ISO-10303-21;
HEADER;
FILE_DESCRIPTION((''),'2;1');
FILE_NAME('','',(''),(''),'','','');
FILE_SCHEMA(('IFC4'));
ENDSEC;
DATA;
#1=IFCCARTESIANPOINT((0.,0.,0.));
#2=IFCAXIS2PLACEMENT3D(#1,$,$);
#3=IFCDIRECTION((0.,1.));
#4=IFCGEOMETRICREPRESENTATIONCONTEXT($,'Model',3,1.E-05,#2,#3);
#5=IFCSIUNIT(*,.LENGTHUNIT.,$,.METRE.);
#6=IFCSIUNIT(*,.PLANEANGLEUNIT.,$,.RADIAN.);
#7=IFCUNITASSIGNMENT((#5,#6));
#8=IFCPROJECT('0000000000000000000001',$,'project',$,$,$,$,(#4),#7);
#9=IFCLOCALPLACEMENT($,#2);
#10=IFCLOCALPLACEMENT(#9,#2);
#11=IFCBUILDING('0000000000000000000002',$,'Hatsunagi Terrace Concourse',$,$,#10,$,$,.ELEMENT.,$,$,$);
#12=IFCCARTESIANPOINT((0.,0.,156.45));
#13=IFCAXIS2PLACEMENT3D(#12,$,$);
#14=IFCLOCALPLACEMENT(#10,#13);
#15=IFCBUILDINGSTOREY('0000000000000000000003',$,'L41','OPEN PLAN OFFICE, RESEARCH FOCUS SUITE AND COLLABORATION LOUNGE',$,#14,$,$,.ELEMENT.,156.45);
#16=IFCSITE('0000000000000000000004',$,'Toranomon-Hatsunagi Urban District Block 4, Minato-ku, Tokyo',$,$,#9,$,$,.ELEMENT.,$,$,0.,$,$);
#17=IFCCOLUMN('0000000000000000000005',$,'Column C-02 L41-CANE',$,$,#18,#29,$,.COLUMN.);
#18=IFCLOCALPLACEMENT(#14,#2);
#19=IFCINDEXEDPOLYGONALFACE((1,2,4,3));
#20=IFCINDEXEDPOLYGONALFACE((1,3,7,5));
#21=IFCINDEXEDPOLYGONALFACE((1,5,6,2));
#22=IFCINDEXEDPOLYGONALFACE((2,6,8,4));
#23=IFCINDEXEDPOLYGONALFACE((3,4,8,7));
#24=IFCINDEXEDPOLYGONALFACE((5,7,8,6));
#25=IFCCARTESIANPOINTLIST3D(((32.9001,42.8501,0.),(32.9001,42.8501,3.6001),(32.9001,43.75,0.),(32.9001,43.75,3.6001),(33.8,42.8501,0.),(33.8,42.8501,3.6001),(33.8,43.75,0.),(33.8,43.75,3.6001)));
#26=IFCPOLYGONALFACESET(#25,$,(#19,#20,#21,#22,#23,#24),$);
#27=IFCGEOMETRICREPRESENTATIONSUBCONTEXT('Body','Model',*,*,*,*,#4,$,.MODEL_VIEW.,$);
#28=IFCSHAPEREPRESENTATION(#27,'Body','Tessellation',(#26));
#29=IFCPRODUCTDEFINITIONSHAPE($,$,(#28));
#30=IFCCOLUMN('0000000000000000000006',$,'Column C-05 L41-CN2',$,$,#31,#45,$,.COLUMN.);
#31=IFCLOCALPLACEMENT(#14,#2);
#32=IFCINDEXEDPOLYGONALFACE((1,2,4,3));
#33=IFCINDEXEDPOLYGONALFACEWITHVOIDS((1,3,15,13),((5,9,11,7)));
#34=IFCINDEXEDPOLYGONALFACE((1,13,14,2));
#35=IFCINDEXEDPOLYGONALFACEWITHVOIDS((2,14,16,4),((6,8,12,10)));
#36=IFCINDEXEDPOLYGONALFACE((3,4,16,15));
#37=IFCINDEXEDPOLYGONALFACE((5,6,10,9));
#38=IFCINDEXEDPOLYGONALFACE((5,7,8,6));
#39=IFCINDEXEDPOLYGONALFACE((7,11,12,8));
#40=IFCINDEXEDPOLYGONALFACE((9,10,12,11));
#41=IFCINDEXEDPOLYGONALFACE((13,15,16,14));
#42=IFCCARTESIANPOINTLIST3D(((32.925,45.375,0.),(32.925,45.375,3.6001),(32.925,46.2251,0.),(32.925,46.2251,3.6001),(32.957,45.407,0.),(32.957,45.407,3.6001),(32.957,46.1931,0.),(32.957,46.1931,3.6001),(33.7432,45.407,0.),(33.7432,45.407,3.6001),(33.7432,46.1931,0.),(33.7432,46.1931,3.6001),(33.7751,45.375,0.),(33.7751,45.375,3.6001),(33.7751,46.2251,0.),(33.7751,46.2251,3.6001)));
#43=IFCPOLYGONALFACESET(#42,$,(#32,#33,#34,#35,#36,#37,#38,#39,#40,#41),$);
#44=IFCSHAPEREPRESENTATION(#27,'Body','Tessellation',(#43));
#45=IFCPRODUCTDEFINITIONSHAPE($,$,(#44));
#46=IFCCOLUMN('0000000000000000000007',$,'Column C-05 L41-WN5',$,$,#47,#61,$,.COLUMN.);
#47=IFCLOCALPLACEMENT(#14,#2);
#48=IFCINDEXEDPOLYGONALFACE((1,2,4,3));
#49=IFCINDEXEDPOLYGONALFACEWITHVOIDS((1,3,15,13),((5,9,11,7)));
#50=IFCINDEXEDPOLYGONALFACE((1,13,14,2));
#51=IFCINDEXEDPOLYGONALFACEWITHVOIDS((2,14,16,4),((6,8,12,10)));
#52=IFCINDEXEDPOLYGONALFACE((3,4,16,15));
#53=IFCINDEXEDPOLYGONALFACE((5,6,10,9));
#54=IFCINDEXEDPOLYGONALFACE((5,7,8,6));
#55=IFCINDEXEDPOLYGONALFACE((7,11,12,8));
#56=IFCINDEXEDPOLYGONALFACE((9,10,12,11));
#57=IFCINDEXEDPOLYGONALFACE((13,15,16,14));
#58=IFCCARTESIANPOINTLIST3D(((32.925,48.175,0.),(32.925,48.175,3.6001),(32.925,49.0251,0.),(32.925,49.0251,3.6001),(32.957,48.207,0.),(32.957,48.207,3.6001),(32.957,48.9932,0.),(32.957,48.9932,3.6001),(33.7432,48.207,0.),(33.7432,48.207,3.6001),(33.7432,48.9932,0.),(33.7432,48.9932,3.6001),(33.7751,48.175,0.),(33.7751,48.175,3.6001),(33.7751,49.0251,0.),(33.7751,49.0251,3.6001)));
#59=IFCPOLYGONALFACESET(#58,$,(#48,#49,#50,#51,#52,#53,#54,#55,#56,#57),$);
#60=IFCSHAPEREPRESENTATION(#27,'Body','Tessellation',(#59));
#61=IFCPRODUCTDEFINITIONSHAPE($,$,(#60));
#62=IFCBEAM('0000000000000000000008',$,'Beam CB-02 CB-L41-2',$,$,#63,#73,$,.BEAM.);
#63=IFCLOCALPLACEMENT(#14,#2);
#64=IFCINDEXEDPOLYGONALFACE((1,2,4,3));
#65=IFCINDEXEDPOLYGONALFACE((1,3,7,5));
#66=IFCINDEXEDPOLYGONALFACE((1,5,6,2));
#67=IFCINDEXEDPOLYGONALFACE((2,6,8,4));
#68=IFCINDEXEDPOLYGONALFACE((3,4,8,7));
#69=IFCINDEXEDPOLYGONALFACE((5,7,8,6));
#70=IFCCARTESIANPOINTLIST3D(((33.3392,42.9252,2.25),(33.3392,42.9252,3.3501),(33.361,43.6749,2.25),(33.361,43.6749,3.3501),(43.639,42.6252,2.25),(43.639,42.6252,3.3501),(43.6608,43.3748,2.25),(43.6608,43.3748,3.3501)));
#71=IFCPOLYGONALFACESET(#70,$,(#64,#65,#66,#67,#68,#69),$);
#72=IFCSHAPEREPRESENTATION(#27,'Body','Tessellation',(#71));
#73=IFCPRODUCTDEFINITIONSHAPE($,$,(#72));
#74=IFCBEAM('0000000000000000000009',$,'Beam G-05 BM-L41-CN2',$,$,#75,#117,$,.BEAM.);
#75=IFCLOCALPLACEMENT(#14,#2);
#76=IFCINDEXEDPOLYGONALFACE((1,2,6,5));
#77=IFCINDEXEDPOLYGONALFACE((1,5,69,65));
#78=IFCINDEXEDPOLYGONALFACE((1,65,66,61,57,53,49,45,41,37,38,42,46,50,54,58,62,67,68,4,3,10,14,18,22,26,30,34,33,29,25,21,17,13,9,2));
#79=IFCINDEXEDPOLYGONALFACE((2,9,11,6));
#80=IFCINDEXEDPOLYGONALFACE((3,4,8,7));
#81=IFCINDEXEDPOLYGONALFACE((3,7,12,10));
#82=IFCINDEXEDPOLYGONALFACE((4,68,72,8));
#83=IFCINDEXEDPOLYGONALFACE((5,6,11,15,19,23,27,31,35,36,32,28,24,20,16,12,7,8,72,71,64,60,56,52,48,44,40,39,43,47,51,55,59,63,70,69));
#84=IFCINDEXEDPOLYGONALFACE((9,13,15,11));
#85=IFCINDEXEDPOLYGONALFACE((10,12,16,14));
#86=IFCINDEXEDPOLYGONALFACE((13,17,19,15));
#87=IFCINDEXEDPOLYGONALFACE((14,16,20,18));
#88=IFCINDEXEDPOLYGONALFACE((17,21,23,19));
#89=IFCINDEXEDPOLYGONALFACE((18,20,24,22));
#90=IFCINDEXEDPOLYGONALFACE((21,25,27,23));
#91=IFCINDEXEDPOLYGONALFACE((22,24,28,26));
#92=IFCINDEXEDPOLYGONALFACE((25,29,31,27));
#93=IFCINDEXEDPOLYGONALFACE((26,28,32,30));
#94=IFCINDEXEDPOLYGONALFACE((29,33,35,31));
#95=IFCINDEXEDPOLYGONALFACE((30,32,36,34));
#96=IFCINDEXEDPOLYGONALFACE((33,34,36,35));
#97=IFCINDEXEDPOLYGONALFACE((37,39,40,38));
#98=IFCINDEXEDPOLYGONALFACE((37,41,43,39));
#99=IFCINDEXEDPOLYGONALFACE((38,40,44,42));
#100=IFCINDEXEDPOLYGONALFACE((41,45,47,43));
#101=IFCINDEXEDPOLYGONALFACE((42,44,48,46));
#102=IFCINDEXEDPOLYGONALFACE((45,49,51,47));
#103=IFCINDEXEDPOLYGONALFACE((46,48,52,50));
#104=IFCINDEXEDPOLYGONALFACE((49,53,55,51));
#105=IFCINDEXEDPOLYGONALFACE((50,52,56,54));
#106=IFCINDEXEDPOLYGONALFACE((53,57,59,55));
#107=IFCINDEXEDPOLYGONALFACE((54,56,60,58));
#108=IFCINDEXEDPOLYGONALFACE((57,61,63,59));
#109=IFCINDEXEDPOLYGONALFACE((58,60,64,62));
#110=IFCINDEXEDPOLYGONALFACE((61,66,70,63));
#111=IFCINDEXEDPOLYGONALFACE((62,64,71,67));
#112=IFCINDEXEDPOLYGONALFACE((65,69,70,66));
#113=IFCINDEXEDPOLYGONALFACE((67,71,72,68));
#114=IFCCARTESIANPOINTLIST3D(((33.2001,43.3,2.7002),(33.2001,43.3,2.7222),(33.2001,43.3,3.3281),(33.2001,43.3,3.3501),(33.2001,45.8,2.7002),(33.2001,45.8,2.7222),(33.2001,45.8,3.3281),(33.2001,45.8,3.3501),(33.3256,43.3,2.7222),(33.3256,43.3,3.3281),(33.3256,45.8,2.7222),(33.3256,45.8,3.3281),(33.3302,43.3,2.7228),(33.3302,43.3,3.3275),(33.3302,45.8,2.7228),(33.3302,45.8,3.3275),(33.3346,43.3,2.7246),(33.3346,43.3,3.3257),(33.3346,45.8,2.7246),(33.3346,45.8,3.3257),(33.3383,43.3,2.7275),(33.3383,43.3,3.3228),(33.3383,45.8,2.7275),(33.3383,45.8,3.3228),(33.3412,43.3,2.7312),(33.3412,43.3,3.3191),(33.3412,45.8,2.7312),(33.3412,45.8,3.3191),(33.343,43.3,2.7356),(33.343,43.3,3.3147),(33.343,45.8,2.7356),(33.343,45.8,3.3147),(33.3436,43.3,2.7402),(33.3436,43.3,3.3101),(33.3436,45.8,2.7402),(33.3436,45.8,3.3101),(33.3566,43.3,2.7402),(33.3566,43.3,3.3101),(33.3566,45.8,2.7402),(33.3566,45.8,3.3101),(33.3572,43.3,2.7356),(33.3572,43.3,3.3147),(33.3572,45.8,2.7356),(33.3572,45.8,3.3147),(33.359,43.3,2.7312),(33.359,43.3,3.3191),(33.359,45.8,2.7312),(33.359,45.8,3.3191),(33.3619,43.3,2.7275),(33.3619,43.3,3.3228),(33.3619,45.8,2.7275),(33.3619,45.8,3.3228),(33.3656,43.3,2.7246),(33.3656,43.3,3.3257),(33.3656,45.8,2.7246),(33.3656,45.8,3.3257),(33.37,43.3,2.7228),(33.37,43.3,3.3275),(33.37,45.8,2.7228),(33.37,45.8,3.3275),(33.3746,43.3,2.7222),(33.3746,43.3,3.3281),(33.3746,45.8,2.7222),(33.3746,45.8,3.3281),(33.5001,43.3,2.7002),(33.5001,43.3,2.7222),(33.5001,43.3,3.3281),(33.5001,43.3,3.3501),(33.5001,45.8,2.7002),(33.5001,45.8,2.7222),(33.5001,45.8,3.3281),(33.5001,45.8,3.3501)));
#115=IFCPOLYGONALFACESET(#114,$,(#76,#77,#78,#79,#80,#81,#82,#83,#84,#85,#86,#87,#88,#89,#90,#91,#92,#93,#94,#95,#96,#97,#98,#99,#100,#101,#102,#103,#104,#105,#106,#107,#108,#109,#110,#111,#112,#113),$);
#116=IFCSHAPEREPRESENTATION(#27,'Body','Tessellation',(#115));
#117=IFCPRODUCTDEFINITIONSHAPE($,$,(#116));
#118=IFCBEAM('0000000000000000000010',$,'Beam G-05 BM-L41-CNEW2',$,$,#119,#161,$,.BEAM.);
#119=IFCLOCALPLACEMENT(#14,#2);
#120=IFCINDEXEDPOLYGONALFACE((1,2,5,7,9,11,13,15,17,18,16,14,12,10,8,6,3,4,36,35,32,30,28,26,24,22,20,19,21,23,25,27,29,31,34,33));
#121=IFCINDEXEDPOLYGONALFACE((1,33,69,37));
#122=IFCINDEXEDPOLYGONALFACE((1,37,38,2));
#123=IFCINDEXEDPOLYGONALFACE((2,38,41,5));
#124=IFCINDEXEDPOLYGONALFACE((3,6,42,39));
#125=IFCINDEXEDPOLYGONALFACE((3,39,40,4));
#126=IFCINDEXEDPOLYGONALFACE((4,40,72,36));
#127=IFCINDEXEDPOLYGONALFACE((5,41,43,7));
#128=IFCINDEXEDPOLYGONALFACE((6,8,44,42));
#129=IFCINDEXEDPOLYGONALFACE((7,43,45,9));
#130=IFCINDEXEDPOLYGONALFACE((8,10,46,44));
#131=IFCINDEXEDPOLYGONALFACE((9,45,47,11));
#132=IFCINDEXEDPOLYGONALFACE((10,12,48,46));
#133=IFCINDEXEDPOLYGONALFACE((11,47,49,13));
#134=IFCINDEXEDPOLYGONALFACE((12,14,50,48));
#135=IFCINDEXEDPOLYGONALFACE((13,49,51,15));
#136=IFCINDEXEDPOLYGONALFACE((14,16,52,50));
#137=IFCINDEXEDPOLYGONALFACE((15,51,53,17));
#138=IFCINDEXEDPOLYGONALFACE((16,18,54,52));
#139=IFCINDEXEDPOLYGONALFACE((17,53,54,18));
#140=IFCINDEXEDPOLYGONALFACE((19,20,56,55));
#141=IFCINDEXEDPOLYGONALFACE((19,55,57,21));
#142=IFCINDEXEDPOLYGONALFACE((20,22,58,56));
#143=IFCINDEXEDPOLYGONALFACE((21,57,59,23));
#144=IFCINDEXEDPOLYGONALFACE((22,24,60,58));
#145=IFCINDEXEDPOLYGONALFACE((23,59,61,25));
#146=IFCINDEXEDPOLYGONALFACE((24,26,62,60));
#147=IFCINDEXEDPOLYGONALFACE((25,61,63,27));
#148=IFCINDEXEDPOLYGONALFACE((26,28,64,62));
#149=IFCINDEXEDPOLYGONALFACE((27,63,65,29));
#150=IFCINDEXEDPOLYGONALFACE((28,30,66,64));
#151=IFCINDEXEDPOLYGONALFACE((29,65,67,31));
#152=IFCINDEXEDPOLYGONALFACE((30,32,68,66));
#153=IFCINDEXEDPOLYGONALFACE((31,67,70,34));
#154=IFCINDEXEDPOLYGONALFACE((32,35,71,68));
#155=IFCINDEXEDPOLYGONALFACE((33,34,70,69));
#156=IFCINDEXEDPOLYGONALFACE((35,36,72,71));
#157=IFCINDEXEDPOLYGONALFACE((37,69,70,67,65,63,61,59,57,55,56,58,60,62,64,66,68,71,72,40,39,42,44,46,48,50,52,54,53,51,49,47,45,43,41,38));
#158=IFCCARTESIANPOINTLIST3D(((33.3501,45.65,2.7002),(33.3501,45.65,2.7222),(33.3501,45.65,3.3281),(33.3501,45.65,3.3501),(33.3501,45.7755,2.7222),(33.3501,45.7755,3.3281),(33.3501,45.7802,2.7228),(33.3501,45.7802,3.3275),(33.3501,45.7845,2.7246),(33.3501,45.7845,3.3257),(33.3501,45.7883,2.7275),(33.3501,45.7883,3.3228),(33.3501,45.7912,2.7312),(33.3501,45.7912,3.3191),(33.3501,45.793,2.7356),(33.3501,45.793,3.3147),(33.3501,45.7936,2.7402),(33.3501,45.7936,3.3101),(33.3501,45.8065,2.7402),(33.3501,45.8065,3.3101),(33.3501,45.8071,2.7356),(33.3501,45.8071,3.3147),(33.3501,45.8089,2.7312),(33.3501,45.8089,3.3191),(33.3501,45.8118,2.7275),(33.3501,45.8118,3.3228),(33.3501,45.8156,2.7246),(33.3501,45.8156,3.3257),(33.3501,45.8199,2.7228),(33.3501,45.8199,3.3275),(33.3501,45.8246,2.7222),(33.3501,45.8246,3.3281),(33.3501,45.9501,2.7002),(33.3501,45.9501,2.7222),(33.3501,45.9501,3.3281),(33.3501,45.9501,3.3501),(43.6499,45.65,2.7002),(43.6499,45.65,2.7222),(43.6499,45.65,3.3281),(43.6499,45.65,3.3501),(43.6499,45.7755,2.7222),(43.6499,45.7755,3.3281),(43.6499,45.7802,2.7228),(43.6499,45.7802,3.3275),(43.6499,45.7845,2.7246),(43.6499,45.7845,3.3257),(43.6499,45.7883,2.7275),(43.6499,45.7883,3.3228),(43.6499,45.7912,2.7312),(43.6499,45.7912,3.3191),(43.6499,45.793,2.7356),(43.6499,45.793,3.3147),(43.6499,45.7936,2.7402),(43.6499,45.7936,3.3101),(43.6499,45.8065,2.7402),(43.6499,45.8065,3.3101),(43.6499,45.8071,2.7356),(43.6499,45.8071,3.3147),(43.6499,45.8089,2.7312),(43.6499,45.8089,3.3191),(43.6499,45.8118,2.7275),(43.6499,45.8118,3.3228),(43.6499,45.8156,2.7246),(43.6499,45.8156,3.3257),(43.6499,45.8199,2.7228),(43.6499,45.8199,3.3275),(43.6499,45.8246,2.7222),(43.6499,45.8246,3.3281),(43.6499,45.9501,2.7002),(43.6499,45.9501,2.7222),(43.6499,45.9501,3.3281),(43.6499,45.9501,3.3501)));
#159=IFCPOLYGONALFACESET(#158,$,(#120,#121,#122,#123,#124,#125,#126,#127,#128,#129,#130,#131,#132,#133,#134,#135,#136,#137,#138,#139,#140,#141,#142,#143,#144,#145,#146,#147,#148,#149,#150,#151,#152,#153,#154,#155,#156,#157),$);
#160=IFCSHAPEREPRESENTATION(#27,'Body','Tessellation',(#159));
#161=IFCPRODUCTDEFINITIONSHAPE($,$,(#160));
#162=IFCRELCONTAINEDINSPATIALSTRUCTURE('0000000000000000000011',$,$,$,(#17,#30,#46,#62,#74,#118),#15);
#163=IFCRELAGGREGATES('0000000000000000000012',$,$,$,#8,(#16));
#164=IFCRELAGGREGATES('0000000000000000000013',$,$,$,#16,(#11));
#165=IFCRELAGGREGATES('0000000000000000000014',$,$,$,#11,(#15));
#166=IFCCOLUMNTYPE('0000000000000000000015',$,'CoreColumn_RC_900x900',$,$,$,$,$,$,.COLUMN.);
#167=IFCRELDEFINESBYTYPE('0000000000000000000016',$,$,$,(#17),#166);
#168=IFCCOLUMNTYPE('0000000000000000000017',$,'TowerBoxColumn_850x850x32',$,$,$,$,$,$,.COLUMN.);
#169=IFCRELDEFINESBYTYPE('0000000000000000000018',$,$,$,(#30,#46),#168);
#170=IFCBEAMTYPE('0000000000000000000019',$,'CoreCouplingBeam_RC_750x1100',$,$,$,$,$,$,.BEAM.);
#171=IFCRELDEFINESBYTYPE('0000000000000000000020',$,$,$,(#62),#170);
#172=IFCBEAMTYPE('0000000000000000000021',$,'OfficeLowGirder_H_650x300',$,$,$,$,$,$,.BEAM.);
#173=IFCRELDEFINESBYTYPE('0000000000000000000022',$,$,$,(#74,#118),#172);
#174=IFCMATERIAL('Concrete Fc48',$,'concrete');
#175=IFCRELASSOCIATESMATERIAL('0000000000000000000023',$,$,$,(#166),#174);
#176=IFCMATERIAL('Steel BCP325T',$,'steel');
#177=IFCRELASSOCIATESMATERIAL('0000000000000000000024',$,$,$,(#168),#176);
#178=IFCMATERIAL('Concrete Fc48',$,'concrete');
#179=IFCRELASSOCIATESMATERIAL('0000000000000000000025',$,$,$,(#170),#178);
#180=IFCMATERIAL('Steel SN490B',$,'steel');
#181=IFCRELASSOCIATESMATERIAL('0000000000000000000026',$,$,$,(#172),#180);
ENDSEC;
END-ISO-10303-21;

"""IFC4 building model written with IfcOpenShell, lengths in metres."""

from ifc_helpers import new_model, si_unit, direction, frame, origin, origin_2d, place, context, subcontext, project, spatial, rectangle, hollow_rectangle, i_section, extrude, material, material_profile, profile_set, type_object, element, save


model = new_model("IFC4")

# Units and contexts
model_context = context("Model", 3, precision=1e-05, world=origin(), true_north=direction((0.0, 1.0)))
body_context = subcontext(model_context, "Body", "Model", "MODEL_VIEW")
ifc_project = project(units=[si_unit("LENGTHUNIT", "METRE"), si_unit("PLANEANGLEUNIT", "RADIAN")], contexts=[model_context])

# Site, building, storey
site_placement = place(None, origin())
site = spatial("IfcSite", under=ifc_project, at=site_placement, Name="Toranomon-Hatsunagi Urban District Block 4, Minato-ku, Tokyo", CompositionType="ELEMENT", RefElevation=0.0)
building_placement = place(site_placement, origin())
building = spatial("IfcBuilding", under=site, at=building_placement, Name="Hatsunagi Terrace Concourse", CompositionType="ELEMENT")
storey_placement = place(building_placement, frame((0.0, 0.0, 156.45)))
storey = spatial("IfcBuildingStorey", under=building, at=storey_placement, Name="L41", Description="OPEN PLAN OFFICE, RESEARCH FOCUS SUITE AND COLLABORATION LOUNGE", CompositionType="ELEMENT", Elevation=156.45)

# Columns
ifc_material_1 = material(Name="Concrete Fc48", Category="concrete")
ifc_material_profile_1 = material_profile(ifc_material_1, rectangle(XDim=0.8999, YDim=0.8999, at=origin_2d()), Name="RC-900x900")
ifc_profile_set_1 = profile_set([ifc_material_profile_1], Name="Concrete Fc48")
column_type_1 = type_object("IfcColumnType", Name="CoreColumn_RC_900x900", PredefinedType="COLUMN", material=ifc_profile_set_1)
column_placement = place(storey_placement, frame((33.3501, 43.3, 0.0), z_axis=(0.0, 0.0, 1.0), x_axis=(1.0, 0.0, 0.0)))
element("IfcColumn", 1, at=column_placement, inside=storey, type_object=column_type_1, Name="Column C-02 L41-CANE", PredefinedType="COLUMN", context=body_context, shape_type="SweptSolid", body=[
    extrude(rectangle(XDim=0.8999, YDim=0.8999, at=origin_2d()), origin(), (0.0, 0.0, 1.0), 3.6001),
])
ifc_material_2 = material(Name="Steel BCP325T", Category="steel")
ifc_material_profile_2 = material_profile(ifc_material_2, hollow_rectangle(XDim=0.8501, YDim=0.8501, WallThickness=0.032, at=origin_2d()), Name="BCP-850x850x32")
ifc_profile_set_2 = profile_set([ifc_material_profile_2], Name="Steel BCP325T")
column_type_2 = type_object("IfcColumnType", Name="TowerBoxColumn_850x850x32", PredefinedType="COLUMN", material=ifc_profile_set_2)
for number, where, z_axis, x_axis, name in (
    (2, (33.3501, 45.8, 0.0), (0.0, 0.0, 1.0), (1.0, 0.0, 0.0), "Column C-05 L41-CN2"),
    (3, (33.3501, 48.6001, 0.0), (0.0, 0.0, 1.0), (1.0, 0.0, 0.0), "Column C-05 L41-WN5"),
):
    element("IfcColumn", number, at=place(storey_placement, frame(where, z_axis=z_axis, x_axis=x_axis)), inside=storey, type_object=column_type_2, Name=name, PredefinedType="COLUMN", context=body_context, shape_type="SweptSolid", body=[
        extrude(hollow_rectangle(XDim=0.8501, YDim=0.8501, WallThickness=0.032, at=origin_2d()), origin(), (0.0, 0.0, 1.0), 3.6001),
    ])

# Beams
ifc_material_3 = material(Name="Concrete Fc48", Category="concrete")
ifc_material_profile_3 = material_profile(ifc_material_3, rectangle(XDim=0.75, YDim=1.1001, at=origin_2d()), Name="RC-750x1100")
ifc_profile_set_3 = profile_set([ifc_material_profile_3], Name="Concrete Fc48")
beam_type_1 = type_object("IfcBeamType", Name="CoreCouplingBeam_RC_750x1100", PredefinedType="BEAM", material=ifc_profile_set_3)
beam_1_placement = place(storey_placement, frame((33.3501, 43.3, 2.8), z_axis=(0.999576, -0.029119, 0.0), x_axis=(0.029119, 0.999576, 0.0)))
element("IfcBeam", 4, at=beam_1_placement, inside=storey, type_object=beam_type_1, Name="Beam CB-02 CB-L41-2", PredefinedType="BEAM", context=body_context, shape_type="SweptSolid", body=[
    extrude(rectangle(XDim=0.75, YDim=1.1001, at=origin_2d()), origin(), (0.0, 0.0, 1.0), 10.3042),
])
ifc_material_4 = material(Name="Steel SN490B", Category="steel")
ifc_material_profile_4 = material_profile(ifc_material_4, i_section(OverallWidth=0.3, OverallDepth=0.6499, WebThickness=0.0129, FlangeThickness=0.022, FilletRadius=0.0181, at=origin_2d()), Name="H-650x300x13x22")
ifc_profile_set_4 = profile_set([ifc_material_profile_4], Name="Steel SN490B")
beam_type_2 = type_object("IfcBeamType", Name="OfficeLowGirder_H_650x300", PredefinedType="BEAM", material=ifc_profile_set_4)
beam_2_placement = place(storey_placement, frame((33.3501, 43.3, 3.0251), z_axis=(0.0, 1.0, 0.0), x_axis=(-1.0, 0.0, 0.0)))
element("IfcBeam", 5, at=beam_2_placement, inside=storey, type_object=beam_type_2, Name="Beam G-05 BM-L41-CN2", PredefinedType="BEAM", context=body_context, shape_type="SweptSolid", body=[
    extrude(i_section(OverallWidth=0.3, OverallDepth=0.6499, WebThickness=0.0129, FlangeThickness=0.022, FilletRadius=0.0181, at=origin_2d()), origin(), (0.0, 0.0, 1.0), 2.5),
])
beam_3_placement = place(storey_placement, frame((33.3501, 45.8, 3.0251), z_axis=(1.0, 0.0, 0.0), x_axis=(0.0, 1.0, 0.0)))
element("IfcBeam", 6, at=beam_3_placement, inside=storey, type_object=beam_type_2, Name="Beam G-05 BM-L41-CNEW2", PredefinedType="BEAM", context=body_context, shape_type="SweptSolid", body=[
    extrude(i_section(OverallWidth=0.3, OverallDepth=0.6499, WebThickness=0.0129, FlangeThickness=0.022, FilletRadius=0.0181, at=origin_2d()), origin(), (0.0, 0.0, 1.0), 10.2998),
])

save(model, "model.ifc")
